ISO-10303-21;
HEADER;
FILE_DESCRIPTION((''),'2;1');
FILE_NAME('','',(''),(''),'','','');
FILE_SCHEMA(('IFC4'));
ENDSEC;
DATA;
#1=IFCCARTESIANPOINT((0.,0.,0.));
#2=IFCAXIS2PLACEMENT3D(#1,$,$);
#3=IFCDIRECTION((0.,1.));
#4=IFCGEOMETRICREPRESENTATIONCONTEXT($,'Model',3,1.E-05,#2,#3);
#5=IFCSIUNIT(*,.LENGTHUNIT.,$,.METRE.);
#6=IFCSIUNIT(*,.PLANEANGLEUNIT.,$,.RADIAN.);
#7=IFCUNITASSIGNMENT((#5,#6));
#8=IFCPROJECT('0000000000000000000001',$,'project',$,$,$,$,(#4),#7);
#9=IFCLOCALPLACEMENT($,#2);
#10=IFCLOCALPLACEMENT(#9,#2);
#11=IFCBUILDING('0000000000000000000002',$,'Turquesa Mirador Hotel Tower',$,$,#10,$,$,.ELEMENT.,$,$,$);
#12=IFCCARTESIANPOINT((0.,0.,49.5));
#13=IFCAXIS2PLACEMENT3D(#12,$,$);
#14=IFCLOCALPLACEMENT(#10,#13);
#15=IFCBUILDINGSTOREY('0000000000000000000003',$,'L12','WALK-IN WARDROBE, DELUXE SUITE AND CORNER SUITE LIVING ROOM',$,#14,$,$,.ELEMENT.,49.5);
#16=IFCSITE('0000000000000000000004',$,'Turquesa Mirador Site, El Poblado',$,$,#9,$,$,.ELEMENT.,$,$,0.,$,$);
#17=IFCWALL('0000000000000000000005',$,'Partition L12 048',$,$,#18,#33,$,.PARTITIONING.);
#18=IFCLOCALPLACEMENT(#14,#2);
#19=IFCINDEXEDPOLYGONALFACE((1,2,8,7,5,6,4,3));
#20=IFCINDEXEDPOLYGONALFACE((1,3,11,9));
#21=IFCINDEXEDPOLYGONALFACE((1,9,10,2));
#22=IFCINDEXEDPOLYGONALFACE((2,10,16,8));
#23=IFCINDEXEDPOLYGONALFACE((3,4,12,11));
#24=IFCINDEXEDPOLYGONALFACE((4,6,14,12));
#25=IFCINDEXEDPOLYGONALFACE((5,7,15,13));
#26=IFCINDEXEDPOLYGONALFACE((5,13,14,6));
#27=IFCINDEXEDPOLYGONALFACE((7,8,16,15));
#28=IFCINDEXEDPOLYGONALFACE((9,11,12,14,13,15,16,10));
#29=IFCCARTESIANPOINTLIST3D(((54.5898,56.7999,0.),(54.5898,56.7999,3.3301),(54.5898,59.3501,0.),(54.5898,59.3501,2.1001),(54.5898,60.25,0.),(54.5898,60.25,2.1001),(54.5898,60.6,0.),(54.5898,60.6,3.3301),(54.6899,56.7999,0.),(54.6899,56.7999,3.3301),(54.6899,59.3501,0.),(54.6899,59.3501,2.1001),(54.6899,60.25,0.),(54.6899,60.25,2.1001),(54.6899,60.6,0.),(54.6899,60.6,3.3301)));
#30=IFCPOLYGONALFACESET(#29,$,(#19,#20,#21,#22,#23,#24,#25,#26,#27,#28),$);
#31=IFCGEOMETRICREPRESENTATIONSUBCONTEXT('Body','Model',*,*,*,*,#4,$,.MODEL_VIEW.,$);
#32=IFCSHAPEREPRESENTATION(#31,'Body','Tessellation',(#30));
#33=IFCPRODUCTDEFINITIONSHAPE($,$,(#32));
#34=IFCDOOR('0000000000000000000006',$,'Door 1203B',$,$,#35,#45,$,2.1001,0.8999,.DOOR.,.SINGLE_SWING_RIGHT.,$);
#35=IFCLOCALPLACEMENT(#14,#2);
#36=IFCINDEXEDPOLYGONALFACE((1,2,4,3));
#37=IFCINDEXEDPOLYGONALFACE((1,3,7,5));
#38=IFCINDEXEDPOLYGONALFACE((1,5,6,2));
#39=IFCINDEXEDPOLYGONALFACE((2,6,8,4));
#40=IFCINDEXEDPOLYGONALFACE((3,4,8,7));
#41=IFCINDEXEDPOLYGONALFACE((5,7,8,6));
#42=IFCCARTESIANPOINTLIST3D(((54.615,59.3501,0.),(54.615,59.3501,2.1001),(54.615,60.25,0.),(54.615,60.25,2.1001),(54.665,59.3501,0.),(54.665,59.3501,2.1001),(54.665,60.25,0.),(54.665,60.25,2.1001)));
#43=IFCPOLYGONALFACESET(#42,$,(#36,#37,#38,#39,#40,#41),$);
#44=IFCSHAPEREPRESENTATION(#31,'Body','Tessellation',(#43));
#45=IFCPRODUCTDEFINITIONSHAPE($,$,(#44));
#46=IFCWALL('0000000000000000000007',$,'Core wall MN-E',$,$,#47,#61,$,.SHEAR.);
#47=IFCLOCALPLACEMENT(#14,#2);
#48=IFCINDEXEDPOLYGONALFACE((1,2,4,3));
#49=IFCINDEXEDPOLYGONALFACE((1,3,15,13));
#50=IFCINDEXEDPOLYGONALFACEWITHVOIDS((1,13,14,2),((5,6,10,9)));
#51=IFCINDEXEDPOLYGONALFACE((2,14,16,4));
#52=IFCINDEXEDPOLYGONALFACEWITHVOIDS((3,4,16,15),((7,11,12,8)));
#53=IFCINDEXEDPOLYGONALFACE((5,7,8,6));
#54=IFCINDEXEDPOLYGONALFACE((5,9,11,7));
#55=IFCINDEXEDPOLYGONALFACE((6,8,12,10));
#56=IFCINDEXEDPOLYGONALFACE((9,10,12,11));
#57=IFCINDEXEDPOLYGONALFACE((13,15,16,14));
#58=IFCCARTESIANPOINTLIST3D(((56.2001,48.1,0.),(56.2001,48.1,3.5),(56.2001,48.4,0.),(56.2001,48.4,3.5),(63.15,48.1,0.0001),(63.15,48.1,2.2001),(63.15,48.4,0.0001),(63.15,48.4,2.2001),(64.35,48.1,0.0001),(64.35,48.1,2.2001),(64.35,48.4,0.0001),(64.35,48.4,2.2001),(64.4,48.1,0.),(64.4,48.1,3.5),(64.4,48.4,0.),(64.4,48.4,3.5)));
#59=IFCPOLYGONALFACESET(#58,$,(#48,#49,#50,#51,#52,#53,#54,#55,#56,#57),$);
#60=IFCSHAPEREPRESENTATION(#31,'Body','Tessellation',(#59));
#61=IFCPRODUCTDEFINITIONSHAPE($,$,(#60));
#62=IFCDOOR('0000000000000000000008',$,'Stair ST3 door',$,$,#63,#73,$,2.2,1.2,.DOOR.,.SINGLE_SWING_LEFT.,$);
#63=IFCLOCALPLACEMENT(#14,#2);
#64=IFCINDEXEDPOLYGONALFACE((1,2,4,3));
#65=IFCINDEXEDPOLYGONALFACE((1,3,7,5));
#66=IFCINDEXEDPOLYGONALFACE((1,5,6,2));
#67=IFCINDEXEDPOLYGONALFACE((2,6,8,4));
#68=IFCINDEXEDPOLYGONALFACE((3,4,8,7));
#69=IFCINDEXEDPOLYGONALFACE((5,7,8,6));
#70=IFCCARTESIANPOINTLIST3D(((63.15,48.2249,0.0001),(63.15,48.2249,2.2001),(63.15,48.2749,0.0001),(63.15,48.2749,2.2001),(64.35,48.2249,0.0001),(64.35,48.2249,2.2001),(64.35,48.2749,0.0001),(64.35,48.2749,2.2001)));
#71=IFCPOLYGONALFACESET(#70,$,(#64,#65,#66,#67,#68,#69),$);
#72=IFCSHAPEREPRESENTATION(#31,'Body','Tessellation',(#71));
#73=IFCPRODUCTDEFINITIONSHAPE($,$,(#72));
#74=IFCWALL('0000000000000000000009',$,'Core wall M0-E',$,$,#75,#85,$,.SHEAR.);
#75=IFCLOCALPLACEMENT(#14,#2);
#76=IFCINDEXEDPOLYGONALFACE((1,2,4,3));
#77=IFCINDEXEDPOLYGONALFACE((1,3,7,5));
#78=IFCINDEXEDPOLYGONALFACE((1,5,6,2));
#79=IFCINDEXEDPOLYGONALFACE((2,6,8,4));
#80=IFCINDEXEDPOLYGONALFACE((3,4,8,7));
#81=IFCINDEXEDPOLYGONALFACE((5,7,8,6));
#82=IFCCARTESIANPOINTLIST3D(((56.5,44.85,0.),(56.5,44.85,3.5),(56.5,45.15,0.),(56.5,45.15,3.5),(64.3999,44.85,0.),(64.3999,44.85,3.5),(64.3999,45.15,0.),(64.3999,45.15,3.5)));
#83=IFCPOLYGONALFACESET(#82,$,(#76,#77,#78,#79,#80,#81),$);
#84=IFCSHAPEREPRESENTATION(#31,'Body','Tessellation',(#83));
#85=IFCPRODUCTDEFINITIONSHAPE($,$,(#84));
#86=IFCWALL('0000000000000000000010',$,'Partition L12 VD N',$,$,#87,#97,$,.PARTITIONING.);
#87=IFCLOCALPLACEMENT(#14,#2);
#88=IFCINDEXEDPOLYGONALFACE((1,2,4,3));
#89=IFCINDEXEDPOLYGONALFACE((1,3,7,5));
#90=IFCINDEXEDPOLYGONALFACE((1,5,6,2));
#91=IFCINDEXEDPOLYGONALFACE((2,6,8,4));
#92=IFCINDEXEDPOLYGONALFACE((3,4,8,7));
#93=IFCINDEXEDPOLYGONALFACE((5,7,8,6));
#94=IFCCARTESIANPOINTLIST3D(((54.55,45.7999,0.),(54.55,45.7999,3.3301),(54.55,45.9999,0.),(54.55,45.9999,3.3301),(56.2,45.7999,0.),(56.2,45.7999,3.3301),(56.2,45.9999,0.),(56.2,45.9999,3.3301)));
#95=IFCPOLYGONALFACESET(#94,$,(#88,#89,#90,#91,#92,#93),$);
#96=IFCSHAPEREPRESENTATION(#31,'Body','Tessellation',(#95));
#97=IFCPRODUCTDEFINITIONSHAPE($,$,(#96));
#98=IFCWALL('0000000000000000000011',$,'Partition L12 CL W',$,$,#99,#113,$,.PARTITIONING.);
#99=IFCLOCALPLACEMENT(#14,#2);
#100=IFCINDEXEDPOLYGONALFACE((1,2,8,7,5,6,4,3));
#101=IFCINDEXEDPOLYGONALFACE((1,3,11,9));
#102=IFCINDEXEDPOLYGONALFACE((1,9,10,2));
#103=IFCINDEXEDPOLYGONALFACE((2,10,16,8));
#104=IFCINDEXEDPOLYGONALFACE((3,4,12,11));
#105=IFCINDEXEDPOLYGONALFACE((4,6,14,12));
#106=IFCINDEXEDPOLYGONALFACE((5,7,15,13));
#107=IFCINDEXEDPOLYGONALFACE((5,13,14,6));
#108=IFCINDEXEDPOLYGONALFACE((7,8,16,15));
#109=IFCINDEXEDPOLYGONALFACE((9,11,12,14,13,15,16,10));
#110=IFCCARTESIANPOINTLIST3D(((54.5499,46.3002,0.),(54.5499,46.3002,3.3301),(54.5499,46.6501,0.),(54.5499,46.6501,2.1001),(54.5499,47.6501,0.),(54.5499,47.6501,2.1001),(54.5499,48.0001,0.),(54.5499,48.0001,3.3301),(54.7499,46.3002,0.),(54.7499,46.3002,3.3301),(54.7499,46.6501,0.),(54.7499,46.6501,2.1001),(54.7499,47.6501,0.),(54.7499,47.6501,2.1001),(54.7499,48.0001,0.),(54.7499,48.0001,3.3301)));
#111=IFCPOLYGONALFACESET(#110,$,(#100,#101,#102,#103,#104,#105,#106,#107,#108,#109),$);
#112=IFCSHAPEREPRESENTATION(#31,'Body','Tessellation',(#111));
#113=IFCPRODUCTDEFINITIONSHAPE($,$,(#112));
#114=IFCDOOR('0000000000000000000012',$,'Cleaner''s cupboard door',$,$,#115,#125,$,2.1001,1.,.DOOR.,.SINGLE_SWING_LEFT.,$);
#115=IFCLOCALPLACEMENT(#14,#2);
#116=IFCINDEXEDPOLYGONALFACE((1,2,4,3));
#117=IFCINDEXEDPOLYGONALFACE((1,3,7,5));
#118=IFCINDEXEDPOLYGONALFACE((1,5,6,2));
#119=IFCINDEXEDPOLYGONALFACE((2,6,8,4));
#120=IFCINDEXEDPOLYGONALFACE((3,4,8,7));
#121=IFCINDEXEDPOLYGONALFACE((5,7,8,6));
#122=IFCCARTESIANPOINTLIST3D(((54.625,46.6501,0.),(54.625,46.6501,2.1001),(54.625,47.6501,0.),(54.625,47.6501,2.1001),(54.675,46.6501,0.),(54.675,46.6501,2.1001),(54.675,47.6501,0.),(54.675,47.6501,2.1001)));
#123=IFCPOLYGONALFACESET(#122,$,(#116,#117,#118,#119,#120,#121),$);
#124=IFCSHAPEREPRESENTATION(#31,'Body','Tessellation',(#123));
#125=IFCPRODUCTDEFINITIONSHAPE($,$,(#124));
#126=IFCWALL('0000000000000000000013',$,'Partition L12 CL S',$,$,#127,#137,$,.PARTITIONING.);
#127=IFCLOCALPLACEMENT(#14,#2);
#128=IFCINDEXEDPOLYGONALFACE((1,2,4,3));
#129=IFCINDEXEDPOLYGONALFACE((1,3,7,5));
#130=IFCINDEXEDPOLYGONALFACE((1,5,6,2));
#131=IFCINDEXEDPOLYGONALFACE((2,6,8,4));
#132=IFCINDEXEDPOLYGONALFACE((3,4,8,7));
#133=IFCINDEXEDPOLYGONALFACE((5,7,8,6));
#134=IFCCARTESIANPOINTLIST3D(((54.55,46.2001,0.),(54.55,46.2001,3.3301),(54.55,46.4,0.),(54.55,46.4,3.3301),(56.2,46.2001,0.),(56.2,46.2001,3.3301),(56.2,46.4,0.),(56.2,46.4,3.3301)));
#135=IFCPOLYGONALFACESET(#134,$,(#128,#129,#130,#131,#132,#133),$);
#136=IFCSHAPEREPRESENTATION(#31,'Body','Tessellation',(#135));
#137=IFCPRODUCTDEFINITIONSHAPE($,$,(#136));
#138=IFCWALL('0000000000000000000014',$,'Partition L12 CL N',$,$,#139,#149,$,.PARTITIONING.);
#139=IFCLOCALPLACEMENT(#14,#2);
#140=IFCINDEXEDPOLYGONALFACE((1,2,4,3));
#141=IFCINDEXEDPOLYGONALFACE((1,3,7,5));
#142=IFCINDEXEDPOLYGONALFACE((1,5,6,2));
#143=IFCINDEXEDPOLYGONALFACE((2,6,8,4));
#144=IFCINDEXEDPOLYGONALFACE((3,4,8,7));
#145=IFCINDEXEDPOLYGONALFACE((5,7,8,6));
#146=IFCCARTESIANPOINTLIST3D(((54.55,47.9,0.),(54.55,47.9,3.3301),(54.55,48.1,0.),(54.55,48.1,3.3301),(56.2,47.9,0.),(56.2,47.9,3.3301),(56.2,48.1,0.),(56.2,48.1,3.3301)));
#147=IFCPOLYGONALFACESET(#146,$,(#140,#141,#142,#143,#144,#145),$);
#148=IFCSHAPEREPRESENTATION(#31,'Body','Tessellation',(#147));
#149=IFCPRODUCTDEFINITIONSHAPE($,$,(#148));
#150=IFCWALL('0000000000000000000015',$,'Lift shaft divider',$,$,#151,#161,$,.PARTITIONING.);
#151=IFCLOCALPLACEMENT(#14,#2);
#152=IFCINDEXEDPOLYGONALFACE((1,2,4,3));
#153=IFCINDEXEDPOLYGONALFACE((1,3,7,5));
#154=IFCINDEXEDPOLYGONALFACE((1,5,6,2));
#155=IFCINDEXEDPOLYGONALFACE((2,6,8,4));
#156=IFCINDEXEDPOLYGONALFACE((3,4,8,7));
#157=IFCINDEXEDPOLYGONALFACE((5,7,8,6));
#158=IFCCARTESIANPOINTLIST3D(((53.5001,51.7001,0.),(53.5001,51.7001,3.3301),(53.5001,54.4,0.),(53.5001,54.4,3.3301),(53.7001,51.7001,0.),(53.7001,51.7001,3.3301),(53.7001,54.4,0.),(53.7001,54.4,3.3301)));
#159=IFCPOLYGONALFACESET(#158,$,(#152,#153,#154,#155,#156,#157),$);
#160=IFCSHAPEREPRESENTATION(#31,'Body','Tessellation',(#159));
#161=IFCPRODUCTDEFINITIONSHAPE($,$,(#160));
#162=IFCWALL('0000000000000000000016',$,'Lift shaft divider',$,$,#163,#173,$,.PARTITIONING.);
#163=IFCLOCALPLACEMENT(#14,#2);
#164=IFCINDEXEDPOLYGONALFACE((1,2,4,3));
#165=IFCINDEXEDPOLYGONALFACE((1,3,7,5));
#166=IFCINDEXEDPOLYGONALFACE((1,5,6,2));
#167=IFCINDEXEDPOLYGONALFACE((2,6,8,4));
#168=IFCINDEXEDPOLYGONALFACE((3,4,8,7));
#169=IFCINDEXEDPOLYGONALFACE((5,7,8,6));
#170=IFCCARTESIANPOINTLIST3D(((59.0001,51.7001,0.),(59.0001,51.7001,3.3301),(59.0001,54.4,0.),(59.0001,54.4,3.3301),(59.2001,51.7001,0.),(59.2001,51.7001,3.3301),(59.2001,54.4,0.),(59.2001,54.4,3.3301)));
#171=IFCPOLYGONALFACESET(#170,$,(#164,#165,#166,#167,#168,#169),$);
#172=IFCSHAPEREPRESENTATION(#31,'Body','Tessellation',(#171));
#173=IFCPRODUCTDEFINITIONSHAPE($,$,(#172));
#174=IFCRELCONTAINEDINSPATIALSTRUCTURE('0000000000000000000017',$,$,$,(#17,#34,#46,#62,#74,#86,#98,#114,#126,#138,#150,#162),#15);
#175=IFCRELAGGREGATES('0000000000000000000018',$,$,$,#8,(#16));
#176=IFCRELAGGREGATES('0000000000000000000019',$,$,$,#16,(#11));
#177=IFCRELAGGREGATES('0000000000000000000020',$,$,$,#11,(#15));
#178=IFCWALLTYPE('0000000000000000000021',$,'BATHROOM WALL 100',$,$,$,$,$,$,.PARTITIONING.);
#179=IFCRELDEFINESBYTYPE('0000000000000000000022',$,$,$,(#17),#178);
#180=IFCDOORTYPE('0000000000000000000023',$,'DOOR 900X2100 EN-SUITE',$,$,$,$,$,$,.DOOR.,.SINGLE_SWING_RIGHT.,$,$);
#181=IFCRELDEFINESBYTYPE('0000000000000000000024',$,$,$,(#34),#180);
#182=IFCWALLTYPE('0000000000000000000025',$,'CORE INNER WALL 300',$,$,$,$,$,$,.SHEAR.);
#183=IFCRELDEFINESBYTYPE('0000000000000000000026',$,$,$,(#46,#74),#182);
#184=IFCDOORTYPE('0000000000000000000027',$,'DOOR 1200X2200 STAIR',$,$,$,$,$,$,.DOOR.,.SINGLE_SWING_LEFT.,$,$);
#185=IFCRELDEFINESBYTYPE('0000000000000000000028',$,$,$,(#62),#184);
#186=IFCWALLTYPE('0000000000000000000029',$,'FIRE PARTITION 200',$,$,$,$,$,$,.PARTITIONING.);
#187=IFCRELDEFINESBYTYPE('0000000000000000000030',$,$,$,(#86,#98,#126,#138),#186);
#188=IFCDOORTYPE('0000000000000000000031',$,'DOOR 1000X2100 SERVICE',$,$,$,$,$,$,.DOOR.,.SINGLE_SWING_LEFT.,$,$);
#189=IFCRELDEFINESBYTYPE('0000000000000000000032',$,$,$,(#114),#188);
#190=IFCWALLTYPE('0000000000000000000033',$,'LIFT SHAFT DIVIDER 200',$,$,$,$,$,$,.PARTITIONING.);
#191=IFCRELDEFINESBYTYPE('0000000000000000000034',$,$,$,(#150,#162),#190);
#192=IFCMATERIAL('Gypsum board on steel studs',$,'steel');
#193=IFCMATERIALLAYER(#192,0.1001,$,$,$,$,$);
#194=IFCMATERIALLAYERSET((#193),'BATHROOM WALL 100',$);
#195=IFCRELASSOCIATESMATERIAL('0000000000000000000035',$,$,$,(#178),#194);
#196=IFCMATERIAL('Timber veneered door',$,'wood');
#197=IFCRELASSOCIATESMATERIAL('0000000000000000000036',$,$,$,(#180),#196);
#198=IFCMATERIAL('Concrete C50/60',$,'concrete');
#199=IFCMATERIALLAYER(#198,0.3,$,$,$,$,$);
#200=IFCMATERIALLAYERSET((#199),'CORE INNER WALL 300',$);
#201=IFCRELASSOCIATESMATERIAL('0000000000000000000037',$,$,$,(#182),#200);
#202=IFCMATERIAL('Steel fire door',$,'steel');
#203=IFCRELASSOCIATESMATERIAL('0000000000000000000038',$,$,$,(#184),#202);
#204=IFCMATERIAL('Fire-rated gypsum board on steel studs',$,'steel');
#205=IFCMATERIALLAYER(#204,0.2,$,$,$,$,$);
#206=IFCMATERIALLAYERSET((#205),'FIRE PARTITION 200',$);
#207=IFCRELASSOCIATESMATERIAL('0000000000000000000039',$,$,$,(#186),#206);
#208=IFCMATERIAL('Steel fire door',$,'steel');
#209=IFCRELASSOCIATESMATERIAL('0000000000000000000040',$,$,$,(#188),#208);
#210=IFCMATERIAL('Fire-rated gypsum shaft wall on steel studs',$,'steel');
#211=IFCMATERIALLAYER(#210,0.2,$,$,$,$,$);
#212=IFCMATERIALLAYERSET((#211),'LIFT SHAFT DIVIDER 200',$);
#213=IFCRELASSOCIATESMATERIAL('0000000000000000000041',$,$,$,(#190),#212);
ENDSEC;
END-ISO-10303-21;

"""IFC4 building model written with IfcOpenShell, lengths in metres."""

from ifc_helpers import new_model, si_unit, direction, frame, frame_2d, origin, place, context, subcontext, project, spatial, rectangle, extrude, material, layer, layer_set, type_object, element, fill, save


model = new_model("IFC4")

# Units and contexts
model_context = context("Model", 3, precision=1e-05, world=origin(), true_north=direction((0.0, 1.0)))
body_context = subcontext(model_context, "Body", "Model", "MODEL_VIEW")
ifc_project = project(units=[si_unit("LENGTHUNIT", "METRE"), si_unit("PLANEANGLEUNIT", "RADIAN")], contexts=[model_context])

# Site, building, storey
site_placement = place(None, origin())
site = spatial("IfcSite", under=ifc_project, at=site_placement, Name="Turquesa Mirador Site, El Poblado", CompositionType="ELEMENT", RefElevation=0.0)
building_placement = place(site_placement, origin())
building = spatial("IfcBuilding", under=site, at=building_placement, Name="Turquesa Mirador Hotel Tower", CompositionType="ELEMENT")
storey_placement = place(building_placement, frame((0.0, 0.0, 49.5)))
storey = spatial("IfcBuildingStorey", under=building, at=storey_placement, Name="L12", Description="WALK-IN WARDROBE, DELUXE SUITE AND CORNER SUITE LIVING ROOM", CompositionType="ELEMENT", Elevation=49.5)

# Walls, openings, doors
ifc_material_1 = material(Name="Gypsum board on steel studs", Category="steel")
ifc_layer_1 = layer(ifc_material_1, 0.1001)
ifc_layer_set_1 = layer_set([ifc_layer_1], Name="BATHROOM WALL 100")
wall_type_1 = type_object("IfcWallType", Name="BATHROOM WALL 100", PredefinedType="PARTITIONING", material=ifc_layer_set_1)
wall_1_placement = place(storey_placement, frame((54.6399, 56.8, 0.0), z_axis=(0.0, 0.0, 1.0), x_axis=(0.0, 1.0, 0.0)))
wall_1 = element("IfcWall", 1, at=wall_1_placement, inside=storey, type_object=wall_type_1, Name="Partition L12 048", PredefinedType="PARTITIONING", context=body_context, shape_type="SweptSolid", body=[
    extrude(rectangle(XDim=3.8, YDim=0.1001, at=frame_2d((1.8999, 0.0))), origin(), (0.0, 0.0, 1.0), 3.3301),
])
opening_1_placement = place(wall_1_placement, frame((2.55, 0.0, 0.0)))
opening_1 = element("IfcOpeningElement", 2, at=opening_1_placement, cuts=wall_1, PredefinedType="OPENING", context=body_context, shape_type="SweptSolid", body=[
    extrude(rectangle(XDim=0.8999, YDim=2.1001, at=frame_2d((0.45, 1.05))), frame((0.0, 0.0601, 0.0), z_axis=(0.0, -1.0, 0.0), x_axis=(1.0, 0.0, 0.0)), (0.0, 0.0, 1.0), 0.1201),
])
ifc_material_2 = material(Name="Timber veneered door", Category="wood")
door_type_1 = type_object("IfcDoorType", Name="DOOR 900X2100 EN-SUITE", OperationType="SINGLE_SWING_RIGHT", PredefinedType="DOOR", material=ifc_material_2)
door_1_placement = place(opening_1_placement, origin())
door_1 = element("IfcDoor", 3, at=door_1_placement, inside=storey, type_object=door_type_1, Name="Door 1203B", OperationType="SINGLE_SWING_RIGHT", OverallHeight=2.1001, OverallWidth=0.8999, PredefinedType="DOOR", context=body_context, shape_type="SweptSolid", body=[
    extrude(rectangle(XDim=0.8999, YDim=2.1001, at=frame_2d((0.45, 1.05))), frame((0.0, 0.0249, 0.0), z_axis=(0.0, -1.0, 0.0), x_axis=(1.0, 0.0, 0.0)), (0.0, 0.0, 1.0), 0.05),
])
fill(opening_1, door_1)
ifc_material_3 = material(Name="Concrete C50/60", Category="concrete")
ifc_layer_2 = layer(ifc_material_3, 0.3)
ifc_layer_set_2 = layer_set([ifc_layer_2], Name="CORE INNER WALL 300")
wall_type_2 = type_object("IfcWallType", Name="CORE INNER WALL 300", PredefinedType="SHEAR", material=ifc_layer_set_2)
wall_2_placement = place(storey_placement, frame((56.2, 48.25, 0.0), z_axis=(0.0, 0.0, 1.0), x_axis=(1.0, 0.0, 0.0)))
wall_2 = element("IfcWall", 4, at=wall_2_placement, inside=storey, type_object=wall_type_2, Name="Core wall MN-E", PredefinedType="SHEAR", context=body_context, shape_type="SweptSolid", body=[
    extrude(rectangle(XDim=8.2, YDim=0.3, at=frame_2d((4.1001, 0.0))), origin(), (0.0, 0.0, 1.0), 3.5),
])
opening_2_placement = place(wall_2_placement, frame((6.95, 0.0, 0.0)))
opening_2 = element("IfcOpeningElement", 5, at=opening_2_placement, cuts=wall_2, PredefinedType="OPENING", context=body_context, shape_type="SweptSolid", body=[
    extrude(rectangle(XDim=1.2, YDim=2.2, at=frame_2d((0.6001, 1.1001))), frame((0.0, 0.1599, 0.0), z_axis=(0.0, -1.0, 0.0), x_axis=(1.0, 0.0, 0.0)), (0.0, 0.0, 1.0), 0.3201),
])
ifc_material_4 = material(Name="Steel fire door", Category="steel")
door_type_2 = type_object("IfcDoorType", Name="DOOR 1200X2200 STAIR", OperationType="SINGLE_SWING_LEFT", PredefinedType="DOOR", material=ifc_material_4)
door_2_placement = place(opening_2_placement, origin())
door_2 = element("IfcDoor", 6, at=door_2_placement, inside=storey, type_object=door_type_2, Name="Stair ST3 door", OperationType="SINGLE_SWING_LEFT", OverallHeight=2.2, OverallWidth=1.2, PredefinedType="DOOR", context=body_context, shape_type="SweptSolid", body=[
    extrude(rectangle(XDim=1.2, YDim=2.2, at=frame_2d((0.6001, 1.1001))), frame((0.0, 0.0249, 0.0), z_axis=(0.0, -1.0, 0.0), x_axis=(1.0, 0.0, 0.0)), (0.0, 0.0, 1.0), 0.05),
])
fill(opening_2, door_2)

# Walls
wall_3_placement = place(storey_placement, frame((56.5, 45.0, 0.0), z_axis=(0.0, 0.0, 1.0), x_axis=(1.0, 0.0, 0.0)))
element("IfcWall", 7, at=wall_3_placement, inside=storey, type_object=wall_type_2, Name="Core wall M0-E", PredefinedType="SHEAR", context=body_context, shape_type="SweptSolid", body=[
    extrude(rectangle(XDim=7.8999, YDim=0.3, at=frame_2d((3.95, 0.0))), origin(), (0.0, 0.0, 1.0), 3.5),
])
ifc_material_5 = material(Name="Fire-rated gypsum board on steel studs", Category="steel")
ifc_layer_3 = layer(ifc_material_5, 0.2)
ifc_layer_set_3 = layer_set([ifc_layer_3], Name="FIRE PARTITION 200")
wall_type_3 = type_object("IfcWallType", Name="FIRE PARTITION 200", PredefinedType="PARTITIONING", material=ifc_layer_set_3)
wall_4_placement = place(storey_placement, frame((54.55, 45.8999, 0.0), z_axis=(0.0, 0.0, 1.0), x_axis=(1.0, 0.0, 0.0)))
element("IfcWall", 8, at=wall_4_placement, inside=storey, type_object=wall_type_3, Name="Partition L12 VD N", PredefinedType="PARTITIONING", context=body_context, shape_type="SweptSolid", body=[
    extrude(rectangle(XDim=1.6499, YDim=0.2, at=frame_2d((0.825, 0.0))), origin(), (0.0, 0.0, 1.0), 3.3301),
])

# Wall, opening, door
wall_5_placement = place(storey_placement, frame((54.6499, 46.3, 0.0), z_axis=(0.0, 0.0, 1.0), x_axis=(0.0, 1.0, 0.0)))
wall_5 = element("IfcWall", 9, at=wall_5_placement, inside=storey, type_object=wall_type_3, Name="Partition L12 CL W", PredefinedType="PARTITIONING", context=body_context, shape_type="SweptSolid", body=[
    extrude(rectangle(XDim=1.7, YDim=0.2, at=frame_2d((0.8501, 0.0))), origin(), (0.0, 0.0, 1.0), 3.3301),
])
opening_3_placement = place(wall_5_placement, frame((0.3501, 0.0, 0.0)))
opening_3 = element("IfcOpeningElement", 10, at=opening_3_placement, cuts=wall_5, PredefinedType="OPENING", context=body_context, shape_type="SweptSolid", body=[
    extrude(rectangle(XDim=1.0, YDim=2.1001, at=frame_2d((0.5, 1.05))), frame((0.0, 0.1099, 0.0), z_axis=(0.0, -1.0, 0.0), x_axis=(1.0, 0.0, 0.0)), (0.0, 0.0, 1.0), 0.22),
])
ifc_material_6 = material(Name="Steel fire door", Category="steel")
door_type_3 = type_object("IfcDoorType", Name="DOOR 1000X2100 SERVICE", OperationType="SINGLE_SWING_LEFT", PredefinedType="DOOR", material=ifc_material_6)
door_3_placement = place(opening_3_placement, origin())
door_3 = element("IfcDoor", 11, at=door_3_placement, inside=storey, type_object=door_type_3, Name="Cleaner's cupboard door", OperationType="SINGLE_SWING_LEFT", OverallHeight=2.1001, OverallWidth=1.0, PredefinedType="DOOR", context=body_context, shape_type="SweptSolid", body=[
    extrude(rectangle(XDim=1.0, YDim=2.1001, at=frame_2d((0.5, 1.05))), frame((0.0, 0.0249, 0.0), z_axis=(0.0, -1.0, 0.0), x_axis=(1.0, 0.0, 0.0)), (0.0, 0.0, 1.0), 0.05),
])
fill(opening_3, door_3)

# Walls
for number, where, z_axis, x_axis, name in (
    (12, (54.55, 46.3, 0.0), (0.0, 0.0, 1.0), (1.0, 0.0, 0.0), "Partition L12 CL S"),
    (13, (54.55, 48.0, 0.0), (0.0, 0.0, 1.0), (1.0, 0.0, 0.0), "Partition L12 CL N"),
):
    element("IfcWall", number, at=place(storey_placement, frame(where, z_axis=z_axis, x_axis=x_axis)), inside=storey, type_object=wall_type_3, Name=name, PredefinedType="PARTITIONING", context=body_context, shape_type="SweptSolid", body=[
        extrude(rectangle(XDim=1.6499, YDim=0.2, at=frame_2d((0.825, 0.0))), origin(), (0.0, 0.0, 1.0), 3.3301),
    ])
ifc_material_7 = material(Name="Fire-rated gypsum shaft wall on steel studs", Category="steel")
ifc_layer_4 = layer(ifc_material_7, 0.2)
ifc_layer_set_4 = layer_set([ifc_layer_4], Name="LIFT SHAFT DIVIDER 200")
wall_type_4 = type_object("IfcWallType", Name="LIFT SHAFT DIVIDER 200", PredefinedType="PARTITIONING", material=ifc_layer_set_4)
for number, where, z_axis, x_axis, name in (
    (14, (53.6001, 51.7, 0.0), (0.0, 0.0, 1.0), (0.0, 1.0, 0.0), "Lift shaft divider"),
    (15, (59.1001, 51.7, 0.0), (0.0, 0.0, 1.0), (0.0, 1.0, 0.0), "Lift shaft divider"),
):
    element("IfcWall", number, at=place(storey_placement, frame(where, z_axis=z_axis, x_axis=x_axis)), inside=storey, type_object=wall_type_4, Name=name, PredefinedType="PARTITIONING", context=body_context, shape_type="SweptSolid", body=[
        extrude(rectangle(XDim=2.7, YDim=0.2, at=frame_2d((1.3501, 0.0))), origin(), (0.0, 0.0, 1.0), 3.3301),
    ])

save(model, "model.ifc")
